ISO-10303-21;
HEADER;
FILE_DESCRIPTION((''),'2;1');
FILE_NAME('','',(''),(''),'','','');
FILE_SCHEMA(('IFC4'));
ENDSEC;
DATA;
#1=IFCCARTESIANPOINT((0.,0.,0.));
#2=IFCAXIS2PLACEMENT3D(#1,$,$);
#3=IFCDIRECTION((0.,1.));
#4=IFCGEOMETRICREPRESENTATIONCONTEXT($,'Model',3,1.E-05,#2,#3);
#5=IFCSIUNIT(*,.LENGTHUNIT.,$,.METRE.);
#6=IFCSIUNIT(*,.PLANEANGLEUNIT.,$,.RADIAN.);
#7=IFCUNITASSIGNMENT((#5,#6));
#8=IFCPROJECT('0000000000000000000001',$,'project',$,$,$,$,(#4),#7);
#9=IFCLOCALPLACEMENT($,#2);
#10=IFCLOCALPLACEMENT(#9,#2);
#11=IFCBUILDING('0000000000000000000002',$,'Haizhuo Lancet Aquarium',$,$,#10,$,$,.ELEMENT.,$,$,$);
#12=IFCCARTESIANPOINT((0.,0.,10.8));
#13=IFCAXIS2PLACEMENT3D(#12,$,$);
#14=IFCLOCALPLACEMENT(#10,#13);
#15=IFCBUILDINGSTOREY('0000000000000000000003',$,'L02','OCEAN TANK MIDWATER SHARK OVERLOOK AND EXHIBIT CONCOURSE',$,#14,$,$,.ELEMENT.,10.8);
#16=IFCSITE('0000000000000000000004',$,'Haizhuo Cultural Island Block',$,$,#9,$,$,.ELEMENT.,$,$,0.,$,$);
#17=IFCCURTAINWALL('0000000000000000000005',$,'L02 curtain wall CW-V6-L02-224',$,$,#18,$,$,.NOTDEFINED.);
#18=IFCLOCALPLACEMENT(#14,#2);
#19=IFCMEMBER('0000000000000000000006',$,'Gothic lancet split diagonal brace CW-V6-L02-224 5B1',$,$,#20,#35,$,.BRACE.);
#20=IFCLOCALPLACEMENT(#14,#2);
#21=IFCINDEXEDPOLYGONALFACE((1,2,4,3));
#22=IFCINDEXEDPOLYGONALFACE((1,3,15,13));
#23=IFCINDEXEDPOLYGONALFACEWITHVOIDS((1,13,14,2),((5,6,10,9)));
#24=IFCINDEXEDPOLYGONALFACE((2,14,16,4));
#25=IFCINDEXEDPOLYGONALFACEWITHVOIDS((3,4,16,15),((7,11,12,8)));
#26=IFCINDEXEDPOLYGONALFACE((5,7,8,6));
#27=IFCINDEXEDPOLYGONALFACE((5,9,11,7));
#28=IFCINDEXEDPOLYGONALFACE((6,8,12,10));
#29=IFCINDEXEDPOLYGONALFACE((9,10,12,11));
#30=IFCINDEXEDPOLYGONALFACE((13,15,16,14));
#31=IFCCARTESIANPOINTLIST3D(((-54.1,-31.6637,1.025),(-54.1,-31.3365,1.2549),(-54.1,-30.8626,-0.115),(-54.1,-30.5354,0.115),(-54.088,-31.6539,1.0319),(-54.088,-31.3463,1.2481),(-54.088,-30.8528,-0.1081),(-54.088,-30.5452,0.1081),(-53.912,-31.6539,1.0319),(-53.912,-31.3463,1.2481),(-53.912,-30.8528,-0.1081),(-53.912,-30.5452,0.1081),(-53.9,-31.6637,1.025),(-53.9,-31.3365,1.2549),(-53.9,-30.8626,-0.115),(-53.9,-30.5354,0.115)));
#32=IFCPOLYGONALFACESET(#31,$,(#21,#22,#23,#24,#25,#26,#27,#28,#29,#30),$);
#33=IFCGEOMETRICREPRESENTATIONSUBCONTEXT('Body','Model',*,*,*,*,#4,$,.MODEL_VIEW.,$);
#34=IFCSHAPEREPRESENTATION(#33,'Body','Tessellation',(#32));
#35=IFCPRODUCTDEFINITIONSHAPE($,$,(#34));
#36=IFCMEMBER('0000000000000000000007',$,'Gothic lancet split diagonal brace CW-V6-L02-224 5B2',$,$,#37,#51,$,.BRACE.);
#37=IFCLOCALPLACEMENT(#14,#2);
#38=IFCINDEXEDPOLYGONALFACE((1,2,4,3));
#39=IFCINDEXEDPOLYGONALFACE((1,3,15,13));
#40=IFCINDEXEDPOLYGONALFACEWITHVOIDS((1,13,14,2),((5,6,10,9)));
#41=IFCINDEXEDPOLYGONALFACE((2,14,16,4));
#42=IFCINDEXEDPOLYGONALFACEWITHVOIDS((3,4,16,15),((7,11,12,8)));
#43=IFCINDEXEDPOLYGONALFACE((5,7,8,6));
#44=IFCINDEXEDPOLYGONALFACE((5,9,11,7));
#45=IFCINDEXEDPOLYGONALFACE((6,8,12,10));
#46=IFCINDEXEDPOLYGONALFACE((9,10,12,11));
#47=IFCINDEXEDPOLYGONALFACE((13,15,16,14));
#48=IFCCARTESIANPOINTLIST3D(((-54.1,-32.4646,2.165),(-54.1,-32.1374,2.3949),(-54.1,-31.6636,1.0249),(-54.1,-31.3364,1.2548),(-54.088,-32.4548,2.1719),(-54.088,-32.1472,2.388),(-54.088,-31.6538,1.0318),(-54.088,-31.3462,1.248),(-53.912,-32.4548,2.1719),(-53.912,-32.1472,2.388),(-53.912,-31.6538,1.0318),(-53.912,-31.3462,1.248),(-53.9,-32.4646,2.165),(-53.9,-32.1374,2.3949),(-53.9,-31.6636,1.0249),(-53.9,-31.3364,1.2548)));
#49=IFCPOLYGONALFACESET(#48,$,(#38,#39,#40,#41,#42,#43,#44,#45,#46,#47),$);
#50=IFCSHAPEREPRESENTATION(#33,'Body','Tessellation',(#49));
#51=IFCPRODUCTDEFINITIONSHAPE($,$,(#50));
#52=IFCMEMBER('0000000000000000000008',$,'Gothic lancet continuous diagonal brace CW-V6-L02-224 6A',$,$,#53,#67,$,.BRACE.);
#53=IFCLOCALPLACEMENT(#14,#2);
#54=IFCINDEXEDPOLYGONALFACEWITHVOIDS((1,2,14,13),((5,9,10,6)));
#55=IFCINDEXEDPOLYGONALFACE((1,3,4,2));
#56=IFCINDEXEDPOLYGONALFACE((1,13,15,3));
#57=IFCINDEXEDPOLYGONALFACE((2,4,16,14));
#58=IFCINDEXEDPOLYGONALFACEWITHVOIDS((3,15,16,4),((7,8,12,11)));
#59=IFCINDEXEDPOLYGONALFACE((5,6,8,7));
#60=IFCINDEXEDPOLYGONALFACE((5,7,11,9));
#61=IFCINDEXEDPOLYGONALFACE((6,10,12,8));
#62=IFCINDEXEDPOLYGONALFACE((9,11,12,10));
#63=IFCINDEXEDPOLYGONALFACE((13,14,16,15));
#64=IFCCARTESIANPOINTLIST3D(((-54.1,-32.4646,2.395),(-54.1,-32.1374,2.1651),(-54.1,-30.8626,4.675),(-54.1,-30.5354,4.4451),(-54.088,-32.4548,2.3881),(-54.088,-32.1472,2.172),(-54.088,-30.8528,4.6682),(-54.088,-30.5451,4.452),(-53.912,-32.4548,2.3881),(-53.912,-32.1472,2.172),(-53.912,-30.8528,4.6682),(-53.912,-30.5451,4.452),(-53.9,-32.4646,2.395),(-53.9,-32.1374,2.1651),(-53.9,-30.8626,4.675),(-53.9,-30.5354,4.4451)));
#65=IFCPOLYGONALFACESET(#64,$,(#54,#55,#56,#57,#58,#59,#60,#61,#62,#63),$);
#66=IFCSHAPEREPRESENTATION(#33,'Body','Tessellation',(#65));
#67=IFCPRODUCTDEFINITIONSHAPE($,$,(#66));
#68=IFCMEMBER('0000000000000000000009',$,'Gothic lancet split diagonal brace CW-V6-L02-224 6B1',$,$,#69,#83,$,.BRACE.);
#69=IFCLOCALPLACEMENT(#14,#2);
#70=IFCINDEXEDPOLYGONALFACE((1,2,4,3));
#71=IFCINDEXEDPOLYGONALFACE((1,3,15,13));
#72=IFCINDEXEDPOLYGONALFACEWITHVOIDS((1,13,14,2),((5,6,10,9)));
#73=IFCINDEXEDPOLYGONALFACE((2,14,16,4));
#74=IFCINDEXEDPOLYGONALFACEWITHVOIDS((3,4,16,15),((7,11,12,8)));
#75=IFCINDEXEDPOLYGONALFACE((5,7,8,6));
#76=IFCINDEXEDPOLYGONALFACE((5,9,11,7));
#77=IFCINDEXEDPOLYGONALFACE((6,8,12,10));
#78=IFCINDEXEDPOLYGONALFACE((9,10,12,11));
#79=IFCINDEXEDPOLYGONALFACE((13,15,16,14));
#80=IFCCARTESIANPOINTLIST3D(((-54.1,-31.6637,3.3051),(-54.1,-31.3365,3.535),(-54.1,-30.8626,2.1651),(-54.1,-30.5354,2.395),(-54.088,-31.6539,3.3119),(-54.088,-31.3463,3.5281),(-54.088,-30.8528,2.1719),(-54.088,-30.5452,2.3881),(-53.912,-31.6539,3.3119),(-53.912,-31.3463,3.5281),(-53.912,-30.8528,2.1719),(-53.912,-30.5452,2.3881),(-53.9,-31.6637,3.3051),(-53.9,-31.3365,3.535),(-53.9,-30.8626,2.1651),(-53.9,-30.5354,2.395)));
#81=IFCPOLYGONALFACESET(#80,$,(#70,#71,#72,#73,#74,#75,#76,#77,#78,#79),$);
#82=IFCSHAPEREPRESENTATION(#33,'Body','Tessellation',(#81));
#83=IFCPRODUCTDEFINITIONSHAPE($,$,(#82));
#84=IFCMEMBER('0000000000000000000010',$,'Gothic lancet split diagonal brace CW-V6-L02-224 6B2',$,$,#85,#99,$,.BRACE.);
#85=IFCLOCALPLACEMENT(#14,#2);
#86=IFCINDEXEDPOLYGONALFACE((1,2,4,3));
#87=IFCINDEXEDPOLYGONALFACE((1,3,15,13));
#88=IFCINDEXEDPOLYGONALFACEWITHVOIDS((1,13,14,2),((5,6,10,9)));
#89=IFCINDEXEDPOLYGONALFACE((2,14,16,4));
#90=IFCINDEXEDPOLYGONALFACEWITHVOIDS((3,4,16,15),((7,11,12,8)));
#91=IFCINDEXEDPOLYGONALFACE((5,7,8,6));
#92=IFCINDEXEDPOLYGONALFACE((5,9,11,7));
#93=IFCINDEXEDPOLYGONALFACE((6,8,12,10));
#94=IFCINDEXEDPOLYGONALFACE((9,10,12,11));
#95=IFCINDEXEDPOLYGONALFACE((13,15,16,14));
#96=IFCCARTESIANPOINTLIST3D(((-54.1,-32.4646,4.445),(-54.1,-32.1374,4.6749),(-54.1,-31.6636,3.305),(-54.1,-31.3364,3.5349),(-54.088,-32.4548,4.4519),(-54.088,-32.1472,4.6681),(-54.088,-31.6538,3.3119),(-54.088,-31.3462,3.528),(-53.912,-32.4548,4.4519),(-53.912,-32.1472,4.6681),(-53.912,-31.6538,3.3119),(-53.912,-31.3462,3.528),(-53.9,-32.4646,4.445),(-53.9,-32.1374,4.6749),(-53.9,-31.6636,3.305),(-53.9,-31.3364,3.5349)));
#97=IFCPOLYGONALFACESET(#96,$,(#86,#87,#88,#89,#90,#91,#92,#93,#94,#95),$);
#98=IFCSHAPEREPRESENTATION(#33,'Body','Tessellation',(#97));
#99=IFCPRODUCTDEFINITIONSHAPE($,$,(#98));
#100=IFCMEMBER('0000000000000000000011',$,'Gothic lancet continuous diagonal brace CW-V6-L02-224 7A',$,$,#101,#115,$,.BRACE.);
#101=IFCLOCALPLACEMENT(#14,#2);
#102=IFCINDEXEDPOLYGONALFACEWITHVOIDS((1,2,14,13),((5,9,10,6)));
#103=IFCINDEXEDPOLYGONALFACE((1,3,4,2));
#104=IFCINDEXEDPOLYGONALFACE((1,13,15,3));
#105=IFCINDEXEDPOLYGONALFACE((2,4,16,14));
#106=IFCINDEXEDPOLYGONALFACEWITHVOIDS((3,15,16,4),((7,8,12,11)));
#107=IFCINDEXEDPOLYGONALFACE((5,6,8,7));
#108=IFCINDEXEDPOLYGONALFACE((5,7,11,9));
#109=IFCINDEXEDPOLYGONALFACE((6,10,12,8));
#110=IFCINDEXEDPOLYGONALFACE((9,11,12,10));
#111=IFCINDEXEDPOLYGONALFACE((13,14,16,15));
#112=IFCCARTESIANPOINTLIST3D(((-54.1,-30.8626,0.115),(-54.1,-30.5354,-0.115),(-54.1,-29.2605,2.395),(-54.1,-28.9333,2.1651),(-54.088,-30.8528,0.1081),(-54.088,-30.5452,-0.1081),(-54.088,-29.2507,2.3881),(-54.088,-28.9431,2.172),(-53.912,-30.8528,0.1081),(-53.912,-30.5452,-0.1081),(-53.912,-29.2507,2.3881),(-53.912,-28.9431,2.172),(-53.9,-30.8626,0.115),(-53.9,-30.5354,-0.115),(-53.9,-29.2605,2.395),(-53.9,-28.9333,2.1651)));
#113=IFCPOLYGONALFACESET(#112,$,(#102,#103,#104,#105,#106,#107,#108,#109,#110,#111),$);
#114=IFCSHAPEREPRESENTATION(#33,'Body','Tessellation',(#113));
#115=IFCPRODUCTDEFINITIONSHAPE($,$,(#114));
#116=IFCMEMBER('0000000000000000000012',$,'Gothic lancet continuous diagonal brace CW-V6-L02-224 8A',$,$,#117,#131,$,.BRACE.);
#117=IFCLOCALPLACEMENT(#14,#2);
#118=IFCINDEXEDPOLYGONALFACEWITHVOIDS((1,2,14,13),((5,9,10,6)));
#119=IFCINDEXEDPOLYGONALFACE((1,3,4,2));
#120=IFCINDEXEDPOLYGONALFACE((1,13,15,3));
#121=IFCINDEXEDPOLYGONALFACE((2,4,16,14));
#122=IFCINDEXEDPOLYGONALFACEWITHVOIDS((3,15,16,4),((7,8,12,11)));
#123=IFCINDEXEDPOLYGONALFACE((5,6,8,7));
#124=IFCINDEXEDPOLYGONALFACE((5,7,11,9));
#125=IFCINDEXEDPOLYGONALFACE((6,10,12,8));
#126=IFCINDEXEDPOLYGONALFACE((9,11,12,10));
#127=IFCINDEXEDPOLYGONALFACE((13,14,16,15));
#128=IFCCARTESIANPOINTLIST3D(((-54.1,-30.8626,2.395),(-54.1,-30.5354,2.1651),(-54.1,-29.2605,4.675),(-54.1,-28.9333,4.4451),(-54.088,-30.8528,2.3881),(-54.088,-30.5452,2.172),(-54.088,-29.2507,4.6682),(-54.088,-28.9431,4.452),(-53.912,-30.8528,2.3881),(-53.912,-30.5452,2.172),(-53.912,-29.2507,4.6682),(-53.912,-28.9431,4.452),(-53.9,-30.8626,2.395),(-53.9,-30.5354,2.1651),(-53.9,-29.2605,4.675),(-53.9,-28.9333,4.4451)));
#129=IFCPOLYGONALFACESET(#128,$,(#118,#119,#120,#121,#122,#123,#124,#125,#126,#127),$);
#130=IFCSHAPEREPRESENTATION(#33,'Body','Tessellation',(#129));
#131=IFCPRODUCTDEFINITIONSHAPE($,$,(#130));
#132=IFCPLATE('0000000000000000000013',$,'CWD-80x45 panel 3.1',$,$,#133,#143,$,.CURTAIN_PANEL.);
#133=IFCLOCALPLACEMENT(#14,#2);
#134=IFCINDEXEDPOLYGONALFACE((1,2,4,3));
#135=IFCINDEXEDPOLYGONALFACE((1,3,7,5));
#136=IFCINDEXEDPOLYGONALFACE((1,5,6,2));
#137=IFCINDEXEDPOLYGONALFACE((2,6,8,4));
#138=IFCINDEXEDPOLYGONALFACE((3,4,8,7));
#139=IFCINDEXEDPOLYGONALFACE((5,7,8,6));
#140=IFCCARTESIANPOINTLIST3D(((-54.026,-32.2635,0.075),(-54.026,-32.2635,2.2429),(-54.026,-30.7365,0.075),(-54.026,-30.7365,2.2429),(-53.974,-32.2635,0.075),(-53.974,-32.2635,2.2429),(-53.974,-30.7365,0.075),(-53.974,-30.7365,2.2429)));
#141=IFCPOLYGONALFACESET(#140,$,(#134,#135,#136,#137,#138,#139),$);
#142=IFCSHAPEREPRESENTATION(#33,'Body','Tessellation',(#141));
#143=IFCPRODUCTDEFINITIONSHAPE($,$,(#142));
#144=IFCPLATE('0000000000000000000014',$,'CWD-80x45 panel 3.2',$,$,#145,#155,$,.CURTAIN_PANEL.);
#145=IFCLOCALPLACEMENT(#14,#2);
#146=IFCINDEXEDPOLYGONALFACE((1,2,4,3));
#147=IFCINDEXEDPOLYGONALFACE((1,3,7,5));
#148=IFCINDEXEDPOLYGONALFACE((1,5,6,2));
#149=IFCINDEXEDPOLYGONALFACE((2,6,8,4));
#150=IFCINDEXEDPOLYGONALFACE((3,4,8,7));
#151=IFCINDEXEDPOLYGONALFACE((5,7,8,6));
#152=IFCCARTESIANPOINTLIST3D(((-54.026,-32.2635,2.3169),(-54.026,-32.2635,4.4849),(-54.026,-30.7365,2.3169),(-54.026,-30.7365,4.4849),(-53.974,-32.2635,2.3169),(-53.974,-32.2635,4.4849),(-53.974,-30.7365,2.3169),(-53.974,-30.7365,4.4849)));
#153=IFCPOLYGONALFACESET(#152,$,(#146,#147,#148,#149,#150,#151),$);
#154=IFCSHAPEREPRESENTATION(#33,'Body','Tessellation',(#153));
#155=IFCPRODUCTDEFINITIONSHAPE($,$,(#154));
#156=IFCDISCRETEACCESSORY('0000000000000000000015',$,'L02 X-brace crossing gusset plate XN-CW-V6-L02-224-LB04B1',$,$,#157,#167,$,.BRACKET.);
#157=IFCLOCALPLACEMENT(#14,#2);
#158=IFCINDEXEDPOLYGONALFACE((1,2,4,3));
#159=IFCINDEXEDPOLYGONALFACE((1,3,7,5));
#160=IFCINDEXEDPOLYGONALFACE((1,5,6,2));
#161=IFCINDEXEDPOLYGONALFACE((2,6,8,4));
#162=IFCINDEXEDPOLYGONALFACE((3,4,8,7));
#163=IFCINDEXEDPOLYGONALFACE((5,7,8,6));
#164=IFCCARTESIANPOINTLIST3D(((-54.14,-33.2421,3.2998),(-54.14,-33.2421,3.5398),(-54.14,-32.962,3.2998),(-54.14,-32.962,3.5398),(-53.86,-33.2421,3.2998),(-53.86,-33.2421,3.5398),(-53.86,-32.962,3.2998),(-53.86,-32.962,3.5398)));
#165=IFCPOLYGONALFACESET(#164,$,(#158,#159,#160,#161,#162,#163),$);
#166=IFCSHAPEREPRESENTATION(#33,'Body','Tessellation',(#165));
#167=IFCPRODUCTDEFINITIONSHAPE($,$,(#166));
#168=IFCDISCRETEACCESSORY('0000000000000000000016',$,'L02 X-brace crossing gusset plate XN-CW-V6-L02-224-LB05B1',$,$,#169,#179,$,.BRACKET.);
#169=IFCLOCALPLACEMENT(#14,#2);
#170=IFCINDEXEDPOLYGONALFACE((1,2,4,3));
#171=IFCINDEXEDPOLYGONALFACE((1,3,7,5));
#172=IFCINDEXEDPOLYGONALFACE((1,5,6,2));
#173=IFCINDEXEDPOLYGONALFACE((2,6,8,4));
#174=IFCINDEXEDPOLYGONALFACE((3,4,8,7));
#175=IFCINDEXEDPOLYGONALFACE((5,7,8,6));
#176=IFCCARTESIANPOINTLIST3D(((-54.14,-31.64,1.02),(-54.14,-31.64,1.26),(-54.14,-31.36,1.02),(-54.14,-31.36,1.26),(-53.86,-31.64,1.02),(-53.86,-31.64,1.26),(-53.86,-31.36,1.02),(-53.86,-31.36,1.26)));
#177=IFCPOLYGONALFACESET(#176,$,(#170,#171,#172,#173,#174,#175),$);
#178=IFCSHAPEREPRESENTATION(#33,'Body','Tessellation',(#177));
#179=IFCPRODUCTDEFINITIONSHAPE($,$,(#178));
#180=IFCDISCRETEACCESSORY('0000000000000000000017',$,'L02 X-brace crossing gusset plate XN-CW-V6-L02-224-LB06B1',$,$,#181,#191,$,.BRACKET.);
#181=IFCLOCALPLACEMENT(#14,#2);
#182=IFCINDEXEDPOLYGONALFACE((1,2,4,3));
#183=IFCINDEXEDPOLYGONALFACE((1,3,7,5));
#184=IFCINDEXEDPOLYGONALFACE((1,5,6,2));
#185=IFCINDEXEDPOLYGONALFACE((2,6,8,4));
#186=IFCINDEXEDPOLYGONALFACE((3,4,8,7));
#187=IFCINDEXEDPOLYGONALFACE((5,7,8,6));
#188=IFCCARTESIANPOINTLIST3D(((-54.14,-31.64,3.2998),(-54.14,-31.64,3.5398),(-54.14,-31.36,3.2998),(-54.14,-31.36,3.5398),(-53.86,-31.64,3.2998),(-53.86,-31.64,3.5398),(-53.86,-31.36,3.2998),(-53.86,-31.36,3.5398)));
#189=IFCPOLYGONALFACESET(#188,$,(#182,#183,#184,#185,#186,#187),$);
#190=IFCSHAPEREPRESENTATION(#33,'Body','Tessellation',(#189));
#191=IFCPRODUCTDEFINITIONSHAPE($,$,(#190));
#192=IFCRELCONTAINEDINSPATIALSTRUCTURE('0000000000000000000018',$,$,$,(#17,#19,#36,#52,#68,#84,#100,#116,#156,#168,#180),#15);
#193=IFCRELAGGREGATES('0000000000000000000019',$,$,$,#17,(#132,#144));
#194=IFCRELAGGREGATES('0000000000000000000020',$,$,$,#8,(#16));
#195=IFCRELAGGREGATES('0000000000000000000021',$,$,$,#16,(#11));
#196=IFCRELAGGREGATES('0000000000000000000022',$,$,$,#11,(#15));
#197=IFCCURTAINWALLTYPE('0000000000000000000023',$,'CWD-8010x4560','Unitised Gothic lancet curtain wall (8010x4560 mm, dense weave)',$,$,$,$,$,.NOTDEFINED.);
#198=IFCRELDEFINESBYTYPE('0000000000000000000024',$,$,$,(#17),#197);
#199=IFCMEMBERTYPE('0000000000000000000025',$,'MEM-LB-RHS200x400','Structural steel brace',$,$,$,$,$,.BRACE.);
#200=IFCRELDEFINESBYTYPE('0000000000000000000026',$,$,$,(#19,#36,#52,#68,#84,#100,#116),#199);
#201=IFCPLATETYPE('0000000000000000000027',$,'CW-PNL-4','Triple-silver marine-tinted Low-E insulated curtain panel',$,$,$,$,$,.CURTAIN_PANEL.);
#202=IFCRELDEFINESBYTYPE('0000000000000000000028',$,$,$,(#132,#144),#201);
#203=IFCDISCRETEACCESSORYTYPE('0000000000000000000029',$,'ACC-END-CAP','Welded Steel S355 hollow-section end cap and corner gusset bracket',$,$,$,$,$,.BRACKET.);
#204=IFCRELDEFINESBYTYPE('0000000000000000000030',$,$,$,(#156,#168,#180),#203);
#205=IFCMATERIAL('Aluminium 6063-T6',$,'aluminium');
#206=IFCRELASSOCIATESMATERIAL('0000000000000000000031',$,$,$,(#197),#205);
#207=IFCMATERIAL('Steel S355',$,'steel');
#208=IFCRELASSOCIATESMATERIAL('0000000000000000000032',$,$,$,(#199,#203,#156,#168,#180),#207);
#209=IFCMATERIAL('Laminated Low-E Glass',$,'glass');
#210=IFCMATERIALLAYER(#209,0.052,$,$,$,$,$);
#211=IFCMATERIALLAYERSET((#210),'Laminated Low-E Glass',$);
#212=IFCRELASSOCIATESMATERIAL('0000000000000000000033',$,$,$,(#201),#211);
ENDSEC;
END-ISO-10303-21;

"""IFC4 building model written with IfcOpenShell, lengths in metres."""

from ifc_helpers import new_model, si_unit, direction, frame, origin, origin_2d, place, context, subcontext, project, spatial, rectangle, hollow_rectangle, extrude, material, layer, layer_set, material_profile, profile_set, type_object, element, aggregate, save


model = new_model("IFC4")

# Units and contexts
model_context = context("Model", 3, precision=1e-05, world=origin(), true_north=direction((0.0, 1.0)))
body_context = subcontext(model_context, "Body", "Model", "MODEL_VIEW")
ifc_project = project(units=[si_unit("LENGTHUNIT", "METRE"), si_unit("PLANEANGLEUNIT", "RADIAN")], contexts=[model_context])

# Site, building, storey
site_placement = place(None, origin())
site = spatial("IfcSite", under=ifc_project, at=site_placement, Name="Haizhuo Cultural Island Block", CompositionType="ELEMENT", RefElevation=0.0)
building_placement = place(site_placement, origin())
building = spatial("IfcBuilding", under=site, at=building_placement, Name="Haizhuo Lancet Aquarium", CompositionType="ELEMENT")
storey_placement = place(building_placement, frame((0.0, 0.0, 10.8)))
storey = spatial("IfcBuildingStorey", under=building, at=storey_placement, Name="L02", Description="OCEAN TANK MIDWATER SHARK OVERLOOK AND EXHIBIT CONCOURSE", CompositionType="ELEMENT", Elevation=10.8)

# Curtain wall
ifc_material_1 = material(Name="Aluminium 6063-T6", Category="aluminium")
curtain_wall_type = type_object("IfcCurtainWallType", Name="CWD-8010x4560", Description="Unitised Gothic lancet curtain wall (8010x4560 mm, dense weave)", PredefinedType="NOTDEFINED", material=ifc_material_1)
curtain_wall_placement = place(storey_placement, origin())
curtain_wall = element("IfcCurtainWall", 1, at=curtain_wall_placement, inside=storey, type_object=curtain_wall_type, Name="L02 curtain wall CW-V6-L02-224", PredefinedType="NOTDEFINED")

# Members
ifc_material_2 = material(Name="Steel S355", Category="steel")
ifc_material_profile_1 = material_profile(ifc_material_2, hollow_rectangle(XDim=0.2, YDim=0.3999, WallThickness=0.012, at=origin_2d()), Name="RHS 200x400x12")
ifc_profile_set_1 = profile_set([ifc_material_profile_1], Name="Steel S355")
member_type_1 = type_object("IfcMemberType", Name="MEM-LB-RHS200x400", Description="Structural steel brace", PredefinedType="BRACE", material=ifc_profile_set_1)
for number, where, z_axis, x_axis, name in (
    (2, (-54.0, -30.699, 0.0), (0.0, -0.574955, 0.818185), (1.0, 0.0, 0.0), "Gothic lancet split diagonal brace CW-V6-L02-224 5B1"),
    (3, (-54.0, -31.5, 1.1399), (0.0, -0.574873, 0.818243), (1.0, 0.0, 0.0), "Gothic lancet split diagonal brace CW-V6-L02-224 5B2"),
):
    element("IfcMember", number, at=place(storey_placement, frame(where, z_axis=z_axis, x_axis=x_axis)), inside=storey, type_object=member_type_1, Name=name, PredefinedType="BRACE", context=body_context, shape_type="SweptSolid", body=[
        extrude(hollow_rectangle(XDim=0.2, YDim=0.3999, WallThickness=0.012, at=origin_2d()), origin(), (0.0, 0.0, 1.0), 1.3933),
    ])
member_1_placement = place(storey_placement, frame((-54.0, -32.301, 2.28), z_axis=(0.0, 0.574914, 0.818214), x_axis=(-1.0, 0.0, 0.0)))
element("IfcMember", 4, at=member_1_placement, inside=storey, type_object=member_type_1, Name="Gothic lancet continuous diagonal brace CW-V6-L02-224 6A", PredefinedType="BRACE", context=body_context, shape_type="SweptSolid", body=[
    extrude(hollow_rectangle(XDim=0.2, YDim=0.3999, WallThickness=0.012, at=origin_2d()), origin(), (0.0, 0.0, 1.0), 2.7866),
])
for number, where, z_axis, x_axis, name in (
    (5, (-54.0, -30.699, 2.28), (0.0, -0.574955, 0.818185), (1.0, 0.0, 0.0), "Gothic lancet split diagonal brace CW-V6-L02-224 6B1"),
    (6, (-54.0, -31.5, 3.4199), (0.0, -0.574873, 0.818243), (1.0, 0.0, 0.0), "Gothic lancet split diagonal brace CW-V6-L02-224 6B2"),
):
    element("IfcMember", number, at=place(storey_placement, frame(where, z_axis=z_axis, x_axis=x_axis)), inside=storey, type_object=member_type_1, Name=name, PredefinedType="BRACE", context=body_context, shape_type="SweptSolid", body=[
        extrude(hollow_rectangle(XDim=0.2, YDim=0.3999, WallThickness=0.012, at=origin_2d()), origin(), (0.0, 0.0, 1.0), 1.3933),
    ])
for number, where, z_axis, x_axis, name in (
    (7, (-54.0, -30.699, 0.0), (0.0, 0.574914, 0.818214), (-1.0, 0.0, 0.0), "Gothic lancet continuous diagonal brace CW-V6-L02-224 7A"),
    (8, (-54.0, -30.699, 2.28), (0.0, 0.574914, 0.818214), (-1.0, 0.0, 0.0), "Gothic lancet continuous diagonal brace CW-V6-L02-224 8A"),
):
    element("IfcMember", number, at=place(storey_placement, frame(where, z_axis=z_axis, x_axis=x_axis)), inside=storey, type_object=member_type_1, Name=name, PredefinedType="BRACE", context=body_context, shape_type="SweptSolid", body=[
        extrude(hollow_rectangle(XDim=0.2, YDim=0.3999, WallThickness=0.012, at=origin_2d()), origin(), (0.0, 0.0, 1.0), 2.7866),
    ])

# Plates
ifc_material_3 = material(Name="Laminated Low-E Glass", Category="glass")
ifc_layer = layer(ifc_material_3, 0.052)
ifc_layer_set = layer_set([ifc_layer], Name="Laminated Low-E Glass")
plate_type = type_object("IfcPlateType", Name="CW-PNL-4", Description="Triple-silver marine-tinted Low-E insulated curtain panel", PredefinedType="CURTAIN_PANEL", material=ifc_layer_set)
plate_1_placement = place(storey_placement, frame((-54.0, -31.5, 0.075), z_axis=(0.0, 0.0, 1.0), x_axis=(0.0, 1.0, 0.0)))
plate_1 = element("IfcPlate", 9, at=plate_1_placement, type_object=plate_type, Name="CWD-80x45 panel 3.1", PredefinedType="CURTAIN_PANEL", context=body_context, shape_type="SweptSolid", body=[
    extrude(rectangle(XDim=1.5271, YDim=0.052, at=origin_2d()), origin(), (0.0, 0.0, 1.0), 2.168),
])
plate_2_placement = place(storey_placement, frame((-54.0, -31.5, 2.3169), z_axis=(0.0, 0.0, 1.0), x_axis=(0.0, 1.0, 0.0)))
plate_2 = element("IfcPlate", 10, at=plate_2_placement, type_object=plate_type, Name="CWD-80x45 panel 3.2", PredefinedType="CURTAIN_PANEL", context=body_context, shape_type="SweptSolid", body=[
    extrude(rectangle(XDim=1.5271, YDim=0.052, at=origin_2d()), origin(), (0.0, 0.0, 1.0), 2.168),
])
aggregate(curtain_wall, [plate_1, plate_2])

# Discrete accessories
discrete_accessory_type = type_object("IfcDiscreteAccessoryType", Name="ACC-END-CAP", Description="Welded Steel S355 hollow-section end cap and corner gusset bracket", PredefinedType="BRACKET", material=ifc_material_2)
for number, where, z_axis, x_axis, name in (
    (11, (-54.0, -33.1021, 3.2998), (0.0, 0.0, 1.0), (1.0, 0.0, 0.0), "L02 X-brace crossing gusset plate XN-CW-V6-L02-224-LB04B1"),
    (12, (-54.0, -31.5, 1.02), (0.0, 0.0, 1.0), (1.0, 0.0, 0.0), "L02 X-brace crossing gusset plate XN-CW-V6-L02-224-LB05B1"),
    (13, (-54.0, -31.5, 3.2998), (0.0, 0.0, 1.0), (1.0, 0.0, 0.0), "L02 X-brace crossing gusset plate XN-CW-V6-L02-224-LB06B1"),
):
    element("IfcDiscreteAccessory", number, at=place(storey_placement, frame(where, z_axis=z_axis, x_axis=x_axis)), inside=storey, type_object=discrete_accessory_type, material=ifc_material_2, Name=name, PredefinedType="BRACKET", context=body_context, shape_type="SweptSolid", body=[
        extrude(rectangle(XDim=0.28, YDim=0.28, at=origin_2d()), origin(), (0.0, 0.0, 1.0), 0.24),
    ])

save(model, "model.ifc")
